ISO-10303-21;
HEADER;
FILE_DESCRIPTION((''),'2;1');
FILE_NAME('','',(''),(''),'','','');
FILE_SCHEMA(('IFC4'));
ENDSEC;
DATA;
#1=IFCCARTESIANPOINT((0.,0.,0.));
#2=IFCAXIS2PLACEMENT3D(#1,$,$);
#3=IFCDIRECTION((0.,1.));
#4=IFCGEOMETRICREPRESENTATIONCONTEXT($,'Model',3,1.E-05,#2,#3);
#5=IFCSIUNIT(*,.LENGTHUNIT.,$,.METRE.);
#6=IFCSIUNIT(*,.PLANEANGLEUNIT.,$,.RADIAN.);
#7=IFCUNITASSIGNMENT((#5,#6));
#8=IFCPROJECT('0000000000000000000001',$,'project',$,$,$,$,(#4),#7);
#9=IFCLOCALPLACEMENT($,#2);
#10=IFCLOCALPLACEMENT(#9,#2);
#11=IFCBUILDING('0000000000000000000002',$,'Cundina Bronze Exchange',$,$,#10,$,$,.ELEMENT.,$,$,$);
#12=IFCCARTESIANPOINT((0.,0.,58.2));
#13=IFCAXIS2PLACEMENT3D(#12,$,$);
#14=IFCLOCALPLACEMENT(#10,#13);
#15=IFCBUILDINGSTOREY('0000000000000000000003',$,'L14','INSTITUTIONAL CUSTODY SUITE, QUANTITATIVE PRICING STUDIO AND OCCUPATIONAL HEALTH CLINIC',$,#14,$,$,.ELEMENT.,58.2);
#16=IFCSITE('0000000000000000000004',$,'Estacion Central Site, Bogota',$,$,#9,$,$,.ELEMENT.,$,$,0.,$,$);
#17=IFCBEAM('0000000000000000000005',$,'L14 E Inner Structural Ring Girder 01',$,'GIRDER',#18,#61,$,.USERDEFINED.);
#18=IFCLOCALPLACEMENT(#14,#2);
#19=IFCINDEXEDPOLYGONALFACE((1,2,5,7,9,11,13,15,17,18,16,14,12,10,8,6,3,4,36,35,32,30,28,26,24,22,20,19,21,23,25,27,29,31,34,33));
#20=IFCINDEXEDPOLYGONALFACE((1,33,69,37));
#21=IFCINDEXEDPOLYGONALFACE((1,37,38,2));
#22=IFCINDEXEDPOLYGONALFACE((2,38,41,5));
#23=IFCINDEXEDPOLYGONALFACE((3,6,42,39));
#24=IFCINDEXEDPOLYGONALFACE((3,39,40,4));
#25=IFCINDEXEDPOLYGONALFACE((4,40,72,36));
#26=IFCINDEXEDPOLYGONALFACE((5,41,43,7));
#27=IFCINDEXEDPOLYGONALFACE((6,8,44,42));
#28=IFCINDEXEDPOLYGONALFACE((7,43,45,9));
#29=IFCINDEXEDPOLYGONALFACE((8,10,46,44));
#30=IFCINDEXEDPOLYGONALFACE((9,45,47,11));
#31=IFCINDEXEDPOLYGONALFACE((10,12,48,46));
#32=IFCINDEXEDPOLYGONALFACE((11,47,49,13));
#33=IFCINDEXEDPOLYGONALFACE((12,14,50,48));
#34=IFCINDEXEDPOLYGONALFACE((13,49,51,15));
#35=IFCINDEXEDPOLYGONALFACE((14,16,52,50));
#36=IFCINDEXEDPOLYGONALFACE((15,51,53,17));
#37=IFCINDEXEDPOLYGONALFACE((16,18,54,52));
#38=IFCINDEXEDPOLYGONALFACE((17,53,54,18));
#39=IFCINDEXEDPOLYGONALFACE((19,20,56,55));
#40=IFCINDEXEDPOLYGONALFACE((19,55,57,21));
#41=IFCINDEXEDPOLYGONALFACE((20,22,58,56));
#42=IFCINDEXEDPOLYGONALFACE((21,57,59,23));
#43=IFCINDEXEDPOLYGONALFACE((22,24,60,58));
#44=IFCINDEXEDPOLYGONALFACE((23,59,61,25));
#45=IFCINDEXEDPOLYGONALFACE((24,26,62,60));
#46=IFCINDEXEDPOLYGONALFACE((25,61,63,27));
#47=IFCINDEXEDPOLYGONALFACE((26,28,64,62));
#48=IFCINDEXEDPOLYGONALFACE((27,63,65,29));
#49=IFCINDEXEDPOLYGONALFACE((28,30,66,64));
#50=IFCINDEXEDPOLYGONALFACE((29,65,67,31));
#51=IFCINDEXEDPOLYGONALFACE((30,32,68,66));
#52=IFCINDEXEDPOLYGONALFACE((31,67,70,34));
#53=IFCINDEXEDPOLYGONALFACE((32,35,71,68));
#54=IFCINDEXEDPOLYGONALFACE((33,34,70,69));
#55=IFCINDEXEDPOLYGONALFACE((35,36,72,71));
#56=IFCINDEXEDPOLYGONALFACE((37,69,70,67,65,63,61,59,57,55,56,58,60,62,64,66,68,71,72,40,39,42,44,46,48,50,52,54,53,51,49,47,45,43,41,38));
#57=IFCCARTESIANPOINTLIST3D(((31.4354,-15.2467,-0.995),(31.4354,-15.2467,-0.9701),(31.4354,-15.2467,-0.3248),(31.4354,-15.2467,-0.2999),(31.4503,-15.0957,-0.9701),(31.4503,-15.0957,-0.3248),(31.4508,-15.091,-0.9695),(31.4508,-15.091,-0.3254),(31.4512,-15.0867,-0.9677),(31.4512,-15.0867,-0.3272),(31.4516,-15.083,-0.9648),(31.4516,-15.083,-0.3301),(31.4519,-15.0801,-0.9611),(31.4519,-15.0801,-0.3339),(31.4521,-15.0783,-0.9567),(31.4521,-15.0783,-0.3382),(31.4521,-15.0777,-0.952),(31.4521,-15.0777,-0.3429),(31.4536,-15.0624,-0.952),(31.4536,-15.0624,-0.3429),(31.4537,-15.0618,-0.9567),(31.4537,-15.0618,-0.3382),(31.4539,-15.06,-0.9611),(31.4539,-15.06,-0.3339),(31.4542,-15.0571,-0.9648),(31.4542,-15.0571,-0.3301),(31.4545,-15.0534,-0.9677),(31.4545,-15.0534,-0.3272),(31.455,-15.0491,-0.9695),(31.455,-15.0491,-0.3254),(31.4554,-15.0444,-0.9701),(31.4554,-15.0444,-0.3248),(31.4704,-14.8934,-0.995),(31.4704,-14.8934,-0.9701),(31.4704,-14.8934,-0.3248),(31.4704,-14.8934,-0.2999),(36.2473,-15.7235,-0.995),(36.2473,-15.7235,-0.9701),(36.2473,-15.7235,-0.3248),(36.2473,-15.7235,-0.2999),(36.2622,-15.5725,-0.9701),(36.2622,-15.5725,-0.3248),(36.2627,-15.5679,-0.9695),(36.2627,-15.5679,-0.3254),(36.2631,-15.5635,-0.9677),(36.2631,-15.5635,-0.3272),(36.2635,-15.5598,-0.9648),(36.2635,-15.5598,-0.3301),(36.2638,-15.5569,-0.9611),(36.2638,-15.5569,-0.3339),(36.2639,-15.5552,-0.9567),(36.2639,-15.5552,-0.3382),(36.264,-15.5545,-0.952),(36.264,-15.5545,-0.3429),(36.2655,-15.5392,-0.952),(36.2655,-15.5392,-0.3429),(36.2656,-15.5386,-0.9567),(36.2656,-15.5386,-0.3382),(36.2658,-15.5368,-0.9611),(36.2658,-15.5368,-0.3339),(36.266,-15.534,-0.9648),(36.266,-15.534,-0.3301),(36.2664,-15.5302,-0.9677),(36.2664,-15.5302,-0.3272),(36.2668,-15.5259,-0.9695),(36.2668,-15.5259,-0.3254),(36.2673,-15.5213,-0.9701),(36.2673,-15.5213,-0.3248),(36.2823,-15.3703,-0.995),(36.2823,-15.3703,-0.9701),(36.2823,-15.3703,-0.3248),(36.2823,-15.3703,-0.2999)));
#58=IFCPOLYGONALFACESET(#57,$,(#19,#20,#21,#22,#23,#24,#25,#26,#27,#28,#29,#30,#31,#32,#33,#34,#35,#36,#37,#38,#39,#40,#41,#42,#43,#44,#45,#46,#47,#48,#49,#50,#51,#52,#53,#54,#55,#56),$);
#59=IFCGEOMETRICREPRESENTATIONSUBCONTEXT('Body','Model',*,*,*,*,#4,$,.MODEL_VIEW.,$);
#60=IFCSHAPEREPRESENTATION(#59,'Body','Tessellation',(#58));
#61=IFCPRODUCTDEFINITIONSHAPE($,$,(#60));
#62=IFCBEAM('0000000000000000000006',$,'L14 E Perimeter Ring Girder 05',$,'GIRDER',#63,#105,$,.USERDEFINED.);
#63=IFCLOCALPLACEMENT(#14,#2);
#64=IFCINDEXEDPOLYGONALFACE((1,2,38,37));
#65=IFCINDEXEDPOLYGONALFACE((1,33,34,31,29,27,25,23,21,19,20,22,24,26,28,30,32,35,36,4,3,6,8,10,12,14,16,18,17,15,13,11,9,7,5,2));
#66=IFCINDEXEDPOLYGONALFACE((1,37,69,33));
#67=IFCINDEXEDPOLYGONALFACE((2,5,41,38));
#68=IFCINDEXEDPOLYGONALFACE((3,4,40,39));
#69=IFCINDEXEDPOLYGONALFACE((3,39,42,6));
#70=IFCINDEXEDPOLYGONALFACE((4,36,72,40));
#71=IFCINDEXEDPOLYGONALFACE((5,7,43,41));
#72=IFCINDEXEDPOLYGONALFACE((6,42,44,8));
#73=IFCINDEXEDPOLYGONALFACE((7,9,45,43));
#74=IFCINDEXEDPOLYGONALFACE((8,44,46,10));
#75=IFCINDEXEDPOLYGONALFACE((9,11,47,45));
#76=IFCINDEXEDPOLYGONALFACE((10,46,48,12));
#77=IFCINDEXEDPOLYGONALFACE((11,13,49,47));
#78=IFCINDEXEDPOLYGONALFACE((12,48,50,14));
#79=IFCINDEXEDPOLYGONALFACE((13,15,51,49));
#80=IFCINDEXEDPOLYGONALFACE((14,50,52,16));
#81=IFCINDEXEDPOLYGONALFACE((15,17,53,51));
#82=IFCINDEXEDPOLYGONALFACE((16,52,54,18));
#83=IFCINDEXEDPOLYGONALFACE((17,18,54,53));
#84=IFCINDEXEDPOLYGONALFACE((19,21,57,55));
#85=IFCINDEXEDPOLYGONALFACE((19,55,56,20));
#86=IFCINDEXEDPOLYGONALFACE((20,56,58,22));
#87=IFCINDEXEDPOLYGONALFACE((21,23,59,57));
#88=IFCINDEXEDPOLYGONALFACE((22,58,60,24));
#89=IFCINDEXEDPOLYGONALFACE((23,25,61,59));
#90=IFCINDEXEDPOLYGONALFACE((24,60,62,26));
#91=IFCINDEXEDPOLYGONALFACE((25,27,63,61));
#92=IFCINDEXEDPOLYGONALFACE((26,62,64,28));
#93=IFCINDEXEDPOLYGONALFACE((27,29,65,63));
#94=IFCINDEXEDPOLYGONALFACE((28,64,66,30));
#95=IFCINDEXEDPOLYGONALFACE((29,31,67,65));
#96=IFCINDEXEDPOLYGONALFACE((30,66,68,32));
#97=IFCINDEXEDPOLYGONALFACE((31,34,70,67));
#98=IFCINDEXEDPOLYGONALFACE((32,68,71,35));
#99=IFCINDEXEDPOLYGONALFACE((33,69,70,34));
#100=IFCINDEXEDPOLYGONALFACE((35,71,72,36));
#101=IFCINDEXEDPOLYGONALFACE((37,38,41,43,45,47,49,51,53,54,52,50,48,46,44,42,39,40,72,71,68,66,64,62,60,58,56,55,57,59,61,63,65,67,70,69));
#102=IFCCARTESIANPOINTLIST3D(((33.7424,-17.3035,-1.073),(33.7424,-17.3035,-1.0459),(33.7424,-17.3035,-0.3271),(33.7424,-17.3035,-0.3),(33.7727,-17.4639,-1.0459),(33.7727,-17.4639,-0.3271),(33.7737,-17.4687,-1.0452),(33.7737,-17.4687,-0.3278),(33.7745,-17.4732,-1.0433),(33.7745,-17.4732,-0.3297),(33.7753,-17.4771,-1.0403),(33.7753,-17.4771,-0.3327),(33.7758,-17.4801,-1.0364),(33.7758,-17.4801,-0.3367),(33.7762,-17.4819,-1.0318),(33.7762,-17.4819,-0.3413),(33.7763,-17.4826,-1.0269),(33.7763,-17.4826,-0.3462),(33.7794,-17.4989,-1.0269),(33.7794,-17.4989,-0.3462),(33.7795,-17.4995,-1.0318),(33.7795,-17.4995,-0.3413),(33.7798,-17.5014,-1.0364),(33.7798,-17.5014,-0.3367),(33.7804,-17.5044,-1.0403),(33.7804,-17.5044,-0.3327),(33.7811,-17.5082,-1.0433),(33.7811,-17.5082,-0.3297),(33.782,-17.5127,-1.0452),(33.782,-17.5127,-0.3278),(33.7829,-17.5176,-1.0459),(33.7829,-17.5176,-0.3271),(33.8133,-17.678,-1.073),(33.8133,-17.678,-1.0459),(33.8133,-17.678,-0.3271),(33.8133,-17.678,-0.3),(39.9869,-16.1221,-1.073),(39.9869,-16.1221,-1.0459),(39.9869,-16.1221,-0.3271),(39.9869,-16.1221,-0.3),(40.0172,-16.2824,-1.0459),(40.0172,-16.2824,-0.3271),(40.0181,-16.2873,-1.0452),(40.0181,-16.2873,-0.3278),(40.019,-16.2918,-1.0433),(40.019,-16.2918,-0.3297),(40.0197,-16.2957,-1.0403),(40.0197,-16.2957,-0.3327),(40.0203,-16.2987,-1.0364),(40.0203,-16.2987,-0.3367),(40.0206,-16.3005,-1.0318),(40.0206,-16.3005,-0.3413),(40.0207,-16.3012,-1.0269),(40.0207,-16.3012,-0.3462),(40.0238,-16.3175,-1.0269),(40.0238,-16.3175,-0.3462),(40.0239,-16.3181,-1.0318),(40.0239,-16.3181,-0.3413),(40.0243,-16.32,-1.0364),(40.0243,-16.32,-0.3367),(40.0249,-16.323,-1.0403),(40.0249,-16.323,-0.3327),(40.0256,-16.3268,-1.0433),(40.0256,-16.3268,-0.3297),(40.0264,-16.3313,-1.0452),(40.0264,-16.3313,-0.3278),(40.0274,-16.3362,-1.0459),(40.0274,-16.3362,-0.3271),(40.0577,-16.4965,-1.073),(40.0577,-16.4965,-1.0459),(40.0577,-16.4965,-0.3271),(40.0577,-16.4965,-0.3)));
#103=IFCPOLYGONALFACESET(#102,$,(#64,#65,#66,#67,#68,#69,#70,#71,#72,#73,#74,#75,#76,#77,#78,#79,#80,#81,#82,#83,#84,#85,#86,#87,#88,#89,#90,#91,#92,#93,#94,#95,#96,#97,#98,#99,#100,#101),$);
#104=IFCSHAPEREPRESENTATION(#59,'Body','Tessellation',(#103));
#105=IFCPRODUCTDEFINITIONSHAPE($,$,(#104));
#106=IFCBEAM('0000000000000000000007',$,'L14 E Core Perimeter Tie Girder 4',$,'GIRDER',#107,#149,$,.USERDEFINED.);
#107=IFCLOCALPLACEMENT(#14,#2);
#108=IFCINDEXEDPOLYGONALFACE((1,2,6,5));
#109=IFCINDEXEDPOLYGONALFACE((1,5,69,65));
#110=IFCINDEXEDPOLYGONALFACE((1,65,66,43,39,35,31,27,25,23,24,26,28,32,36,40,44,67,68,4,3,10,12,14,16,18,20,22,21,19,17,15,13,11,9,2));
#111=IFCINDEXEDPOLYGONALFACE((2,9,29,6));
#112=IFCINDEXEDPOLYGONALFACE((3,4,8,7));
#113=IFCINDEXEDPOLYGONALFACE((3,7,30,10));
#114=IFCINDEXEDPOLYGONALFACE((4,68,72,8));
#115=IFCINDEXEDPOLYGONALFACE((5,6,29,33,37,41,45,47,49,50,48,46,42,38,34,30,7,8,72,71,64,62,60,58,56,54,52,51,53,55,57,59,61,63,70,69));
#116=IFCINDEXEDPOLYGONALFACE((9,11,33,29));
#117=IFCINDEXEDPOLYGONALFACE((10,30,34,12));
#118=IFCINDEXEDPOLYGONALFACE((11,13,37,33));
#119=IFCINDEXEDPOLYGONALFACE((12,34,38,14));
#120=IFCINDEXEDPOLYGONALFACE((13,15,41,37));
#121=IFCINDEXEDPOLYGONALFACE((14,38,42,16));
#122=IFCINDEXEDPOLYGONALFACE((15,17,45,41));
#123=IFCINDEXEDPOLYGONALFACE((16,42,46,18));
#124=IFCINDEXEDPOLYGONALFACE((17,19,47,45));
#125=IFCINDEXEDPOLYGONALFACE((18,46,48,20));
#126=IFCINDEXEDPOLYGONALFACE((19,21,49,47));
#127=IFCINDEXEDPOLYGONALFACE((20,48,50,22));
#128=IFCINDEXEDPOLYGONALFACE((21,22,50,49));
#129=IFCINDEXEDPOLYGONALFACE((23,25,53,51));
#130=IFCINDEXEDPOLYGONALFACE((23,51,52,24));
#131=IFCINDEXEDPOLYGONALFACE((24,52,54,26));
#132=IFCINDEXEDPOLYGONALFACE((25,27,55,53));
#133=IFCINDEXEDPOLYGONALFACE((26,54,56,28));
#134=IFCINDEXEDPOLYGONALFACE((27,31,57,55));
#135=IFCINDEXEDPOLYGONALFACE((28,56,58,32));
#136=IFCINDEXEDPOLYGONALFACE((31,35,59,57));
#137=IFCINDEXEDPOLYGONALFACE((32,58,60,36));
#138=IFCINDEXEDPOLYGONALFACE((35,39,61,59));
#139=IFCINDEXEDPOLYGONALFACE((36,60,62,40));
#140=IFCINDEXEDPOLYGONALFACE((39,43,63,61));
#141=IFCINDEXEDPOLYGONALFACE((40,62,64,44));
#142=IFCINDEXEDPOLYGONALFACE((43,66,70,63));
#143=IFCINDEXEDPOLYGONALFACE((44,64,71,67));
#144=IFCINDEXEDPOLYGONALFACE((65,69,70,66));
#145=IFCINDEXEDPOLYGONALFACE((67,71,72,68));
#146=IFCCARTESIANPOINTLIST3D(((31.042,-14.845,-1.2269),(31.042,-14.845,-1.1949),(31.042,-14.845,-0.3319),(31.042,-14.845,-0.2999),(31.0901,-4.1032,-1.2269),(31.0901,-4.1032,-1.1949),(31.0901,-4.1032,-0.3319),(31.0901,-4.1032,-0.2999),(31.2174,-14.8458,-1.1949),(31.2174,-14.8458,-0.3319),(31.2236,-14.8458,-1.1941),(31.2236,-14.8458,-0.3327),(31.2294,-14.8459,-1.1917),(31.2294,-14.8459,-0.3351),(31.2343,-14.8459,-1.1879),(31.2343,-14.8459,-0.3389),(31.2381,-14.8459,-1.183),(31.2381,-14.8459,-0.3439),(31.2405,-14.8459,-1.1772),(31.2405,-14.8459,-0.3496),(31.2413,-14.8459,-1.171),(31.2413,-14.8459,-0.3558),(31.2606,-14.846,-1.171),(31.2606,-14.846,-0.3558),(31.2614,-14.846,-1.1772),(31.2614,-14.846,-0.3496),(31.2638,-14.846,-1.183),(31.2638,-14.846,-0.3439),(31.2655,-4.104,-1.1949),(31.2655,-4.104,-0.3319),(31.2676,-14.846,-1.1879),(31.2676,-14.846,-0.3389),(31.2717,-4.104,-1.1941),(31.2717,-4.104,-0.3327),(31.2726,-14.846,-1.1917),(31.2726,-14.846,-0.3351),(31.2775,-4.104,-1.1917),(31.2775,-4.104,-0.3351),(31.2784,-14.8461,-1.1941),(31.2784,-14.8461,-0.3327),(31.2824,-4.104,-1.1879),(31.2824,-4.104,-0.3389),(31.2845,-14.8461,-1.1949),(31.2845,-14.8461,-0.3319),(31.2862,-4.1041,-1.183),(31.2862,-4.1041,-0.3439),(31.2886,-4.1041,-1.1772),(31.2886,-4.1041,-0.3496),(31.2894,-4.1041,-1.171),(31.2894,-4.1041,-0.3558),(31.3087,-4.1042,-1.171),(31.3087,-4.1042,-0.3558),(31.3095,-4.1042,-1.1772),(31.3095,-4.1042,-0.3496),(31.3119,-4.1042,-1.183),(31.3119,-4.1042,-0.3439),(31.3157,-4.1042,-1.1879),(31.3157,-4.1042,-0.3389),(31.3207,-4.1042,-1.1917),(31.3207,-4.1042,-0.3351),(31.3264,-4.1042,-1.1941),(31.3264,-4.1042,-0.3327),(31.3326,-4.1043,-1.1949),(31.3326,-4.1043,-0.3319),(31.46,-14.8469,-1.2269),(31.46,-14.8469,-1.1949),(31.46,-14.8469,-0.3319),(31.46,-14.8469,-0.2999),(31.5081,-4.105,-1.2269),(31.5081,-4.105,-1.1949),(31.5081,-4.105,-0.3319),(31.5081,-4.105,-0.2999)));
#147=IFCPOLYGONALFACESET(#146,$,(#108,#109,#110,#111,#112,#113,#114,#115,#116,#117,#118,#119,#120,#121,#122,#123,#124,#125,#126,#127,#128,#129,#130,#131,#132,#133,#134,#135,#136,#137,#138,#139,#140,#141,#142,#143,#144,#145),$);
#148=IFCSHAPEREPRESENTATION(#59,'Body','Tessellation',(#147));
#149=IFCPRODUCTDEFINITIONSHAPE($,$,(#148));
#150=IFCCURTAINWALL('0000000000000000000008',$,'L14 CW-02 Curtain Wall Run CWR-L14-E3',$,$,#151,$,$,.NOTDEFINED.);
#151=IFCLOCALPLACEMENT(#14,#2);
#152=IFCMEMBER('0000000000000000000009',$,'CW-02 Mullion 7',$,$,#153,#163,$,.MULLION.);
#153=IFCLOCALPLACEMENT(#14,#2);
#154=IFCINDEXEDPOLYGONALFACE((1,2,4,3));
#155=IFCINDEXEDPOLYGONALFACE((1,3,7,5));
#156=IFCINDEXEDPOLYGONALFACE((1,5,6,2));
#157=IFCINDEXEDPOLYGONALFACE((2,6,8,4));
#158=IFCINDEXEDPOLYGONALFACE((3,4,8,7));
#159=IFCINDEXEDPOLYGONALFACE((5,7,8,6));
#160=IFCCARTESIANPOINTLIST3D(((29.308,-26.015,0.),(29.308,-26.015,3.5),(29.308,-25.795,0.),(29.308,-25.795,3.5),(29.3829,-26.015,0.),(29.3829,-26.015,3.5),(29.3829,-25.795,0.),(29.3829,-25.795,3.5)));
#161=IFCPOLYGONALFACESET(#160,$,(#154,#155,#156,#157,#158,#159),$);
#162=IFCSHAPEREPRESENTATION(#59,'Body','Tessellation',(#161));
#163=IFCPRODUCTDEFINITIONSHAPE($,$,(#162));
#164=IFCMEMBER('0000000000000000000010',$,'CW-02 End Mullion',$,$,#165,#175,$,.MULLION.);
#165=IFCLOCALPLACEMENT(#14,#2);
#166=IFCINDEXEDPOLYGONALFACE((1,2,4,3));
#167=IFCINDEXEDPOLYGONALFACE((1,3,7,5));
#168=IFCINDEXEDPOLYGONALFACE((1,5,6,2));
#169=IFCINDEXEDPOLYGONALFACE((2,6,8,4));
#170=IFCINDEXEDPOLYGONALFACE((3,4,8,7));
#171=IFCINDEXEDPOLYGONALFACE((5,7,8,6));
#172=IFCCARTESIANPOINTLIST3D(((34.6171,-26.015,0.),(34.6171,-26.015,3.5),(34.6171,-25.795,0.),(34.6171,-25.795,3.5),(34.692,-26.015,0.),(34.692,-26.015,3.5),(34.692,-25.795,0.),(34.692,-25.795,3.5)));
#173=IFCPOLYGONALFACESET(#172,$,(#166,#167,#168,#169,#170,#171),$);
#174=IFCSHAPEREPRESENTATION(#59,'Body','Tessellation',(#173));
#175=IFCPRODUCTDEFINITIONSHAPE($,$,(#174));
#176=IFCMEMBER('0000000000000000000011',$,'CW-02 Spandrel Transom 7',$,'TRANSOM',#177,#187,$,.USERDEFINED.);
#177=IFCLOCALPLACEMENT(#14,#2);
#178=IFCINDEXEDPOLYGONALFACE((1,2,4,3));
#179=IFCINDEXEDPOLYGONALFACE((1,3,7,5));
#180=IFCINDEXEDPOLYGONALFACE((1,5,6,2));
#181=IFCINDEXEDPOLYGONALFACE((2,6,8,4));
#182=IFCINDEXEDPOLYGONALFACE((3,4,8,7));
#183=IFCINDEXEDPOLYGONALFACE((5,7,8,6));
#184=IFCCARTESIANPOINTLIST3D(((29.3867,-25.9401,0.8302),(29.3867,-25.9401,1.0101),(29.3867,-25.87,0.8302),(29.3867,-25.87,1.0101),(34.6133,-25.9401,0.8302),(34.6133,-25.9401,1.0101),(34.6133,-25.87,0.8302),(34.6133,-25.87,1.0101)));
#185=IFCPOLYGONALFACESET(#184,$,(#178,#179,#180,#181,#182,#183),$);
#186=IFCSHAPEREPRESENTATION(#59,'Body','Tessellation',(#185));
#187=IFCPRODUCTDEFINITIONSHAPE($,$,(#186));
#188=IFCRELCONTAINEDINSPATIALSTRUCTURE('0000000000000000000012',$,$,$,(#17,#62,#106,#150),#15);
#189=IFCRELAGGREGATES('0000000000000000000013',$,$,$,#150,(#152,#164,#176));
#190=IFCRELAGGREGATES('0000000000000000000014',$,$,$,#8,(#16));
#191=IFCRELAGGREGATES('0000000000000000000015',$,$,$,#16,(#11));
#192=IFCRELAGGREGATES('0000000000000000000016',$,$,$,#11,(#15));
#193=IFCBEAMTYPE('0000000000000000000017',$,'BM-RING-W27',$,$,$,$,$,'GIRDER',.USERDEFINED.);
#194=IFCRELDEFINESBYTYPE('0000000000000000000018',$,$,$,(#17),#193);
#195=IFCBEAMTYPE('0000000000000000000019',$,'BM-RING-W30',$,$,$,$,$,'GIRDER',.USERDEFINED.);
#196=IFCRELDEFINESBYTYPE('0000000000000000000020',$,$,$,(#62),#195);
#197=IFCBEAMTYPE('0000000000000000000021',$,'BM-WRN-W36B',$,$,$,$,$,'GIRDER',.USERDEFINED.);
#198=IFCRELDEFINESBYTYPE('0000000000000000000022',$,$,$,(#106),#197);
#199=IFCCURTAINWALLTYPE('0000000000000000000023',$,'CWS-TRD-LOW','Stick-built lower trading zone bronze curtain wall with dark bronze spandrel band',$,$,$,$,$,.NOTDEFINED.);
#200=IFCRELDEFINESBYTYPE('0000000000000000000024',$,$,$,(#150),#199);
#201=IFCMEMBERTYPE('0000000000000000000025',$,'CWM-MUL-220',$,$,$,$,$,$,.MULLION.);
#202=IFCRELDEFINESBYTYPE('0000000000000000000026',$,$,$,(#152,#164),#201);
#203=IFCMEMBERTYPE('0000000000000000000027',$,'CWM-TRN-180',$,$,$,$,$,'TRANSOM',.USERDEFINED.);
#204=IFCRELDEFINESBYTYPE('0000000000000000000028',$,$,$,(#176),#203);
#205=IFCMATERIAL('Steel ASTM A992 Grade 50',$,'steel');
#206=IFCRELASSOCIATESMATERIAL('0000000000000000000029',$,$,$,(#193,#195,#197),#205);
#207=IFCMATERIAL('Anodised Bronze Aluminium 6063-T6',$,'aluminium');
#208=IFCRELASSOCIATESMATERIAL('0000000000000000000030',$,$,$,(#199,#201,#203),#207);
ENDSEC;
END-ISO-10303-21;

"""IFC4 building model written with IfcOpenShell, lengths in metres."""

from ifc_helpers import new_model, si_unit, direction, frame, origin, origin_2d, place, context, subcontext, project, spatial, rectangle, i_section, extrude, material, material_profile, profile_set, type_object, element, aggregate, save


model = new_model("IFC4")

# Units and contexts
model_context = context("Model", 3, precision=1e-05, world=origin(), true_north=direction((0.0, 1.0)))
body_context = subcontext(model_context, "Body", "Model", "MODEL_VIEW")
ifc_project = project(units=[si_unit("LENGTHUNIT", "METRE"), si_unit("PLANEANGLEUNIT", "RADIAN")], contexts=[model_context])

# Site, building, storey
site_placement = place(None, origin())
site = spatial("IfcSite", under=ifc_project, at=site_placement, Name="Estacion Central Site, Bogota", CompositionType="ELEMENT", RefElevation=0.0)
building_placement = place(site_placement, origin())
building = spatial("IfcBuilding", under=site, at=building_placement, Name="Cundina Bronze Exchange", CompositionType="ELEMENT")
storey_placement = place(building_placement, frame((0.0, 0.0, 58.2)))
storey = spatial("IfcBuildingStorey", under=building, at=storey_placement, Name="L14", Description="INSTITUTIONAL CUSTODY SUITE, QUANTITATIVE PRICING STUDIO AND OCCUPATIONAL HEALTH CLINIC", CompositionType="ELEMENT", Elevation=58.2)

# Shared definitions
ifc_material_1 = material(Name="Steel ASTM A992 Grade 50", Category="steel")

# Beams
ifc_material_profile_1 = material_profile(ifc_material_1, i_section(OverallWidth=0.355, OverallDepth=0.6951, WebThickness=0.0154, FlangeThickness=0.0249, FilletRadius=0.0181, at=origin_2d()), Name="W27X146", Category="steel")
ifc_profile_set_1 = profile_set([ifc_material_profile_1], Name="Steel ASTM A992 Grade 50")
beam_type_1 = type_object("IfcBeamType", Name="BM-RING-W27", ElementType="GIRDER", PredefinedType="USERDEFINED", material=ifc_profile_set_1)
beam_1_placement = place(storey_placement, frame((31.4529, -15.0701, -0.6475), z_axis=(0.995126, -0.098609, 0.0), x_axis=(0.098609, 0.995126, 0.0)))
element("IfcBeam", 1, at=beam_1_placement, inside=storey, type_object=beam_type_1, Name="L14 E Inner Structural Ring Girder 01", ObjectType="GIRDER", PredefinedType="USERDEFINED", context=body_context, shape_type="SweptSolid", body=[
    extrude(i_section(OverallWidth=0.355, OverallDepth=0.6951, WebThickness=0.0154, FlangeThickness=0.0249, FilletRadius=0.0181, at=origin_2d()), origin(), (0.0, 0.0, 1.0), 4.8354),
])
ifc_material_profile_2 = material_profile(ifc_material_1, i_section(OverallWidth=0.3811, OverallDepth=0.7729, WebThickness=0.0166, FlangeThickness=0.0271, FilletRadius=0.019, at=origin_2d()), Name="W30X173", Category="steel")
ifc_profile_set_2 = profile_set([ifc_material_profile_2], Name="Steel ASTM A992 Grade 50")
beam_type_2 = type_object("IfcBeamType", Name="BM-RING-W30", ElementType="GIRDER", PredefinedType="USERDEFINED", material=ifc_profile_set_2)
beam_2_placement = place(storey_placement, frame((33.7778, -17.4907, -0.6865), z_axis=(0.982569, 0.185896, 0.0), x_axis=(-0.185896, 0.982569, 0.0)))
element("IfcBeam", 2, at=beam_2_placement, inside=storey, type_object=beam_type_2, Name="L14 E Perimeter Ring Girder 05", ObjectType="GIRDER", PredefinedType="USERDEFINED", context=body_context, shape_type="SweptSolid", body=[
    extrude(i_section(OverallWidth=0.3811, OverallDepth=0.7729, WebThickness=0.0166, FlangeThickness=0.0271, FilletRadius=0.019, at=origin_2d()), origin(), (0.0, 0.0, 1.0), 6.3552),
])
ifc_material_profile_3 = material_profile(ifc_material_1, i_section(OverallWidth=0.418, OverallDepth=0.927, WebThickness=0.0193, FlangeThickness=0.032, FilletRadius=0.0239, at=origin_2d()), Name="W36X231", Category="steel")
ifc_profile_set_3 = profile_set([ifc_material_profile_3], Name="Steel ASTM A992 Grade 50")
beam_type_3 = type_object("IfcBeamType", Name="BM-WRN-W36B", ElementType="GIRDER", PredefinedType="USERDEFINED", material=ifc_profile_set_3)
beam_3_placement = place(storey_placement, frame((31.251, -14.8459, -0.7634), z_axis=(0.004477, 0.99999, 0.0), x_axis=(-0.99999, 0.004477, 0.0)))
element("IfcBeam", 3, at=beam_3_placement, inside=storey, type_object=beam_type_3, Name="L14 E Core Perimeter Tie Girder 4", ObjectType="GIRDER", PredefinedType="USERDEFINED", context=body_context, shape_type="SweptSolid", body=[
    extrude(i_section(OverallWidth=0.418, OverallDepth=0.927, WebThickness=0.0193, FlangeThickness=0.032, FilletRadius=0.0239, at=origin_2d()), origin(), (0.0, 0.0, 1.0), 10.7419),
])

# Curtain wall, members
ifc_material_2 = material(Name="Anodised Bronze Aluminium 6063-T6", Category="aluminium")
curtain_wall_type = type_object("IfcCurtainWallType", Name="CWS-TRD-LOW", Description="Stick-built lower trading zone bronze curtain wall with dark bronze spandrel band", PredefinedType="NOTDEFINED", material=ifc_material_2)
curtain_wall_placement = place(storey_placement, origin())
curtain_wall = element("IfcCurtainWall", 4, at=curtain_wall_placement, inside=storey, type_object=curtain_wall_type, Name="L14 CW-02 Curtain Wall Run CWR-L14-E3", PredefinedType="NOTDEFINED")
ifc_material_profile_4 = material_profile(ifc_material_2, rectangle(XDim=0.075, YDim=0.22, at=origin_2d()), Name="AL75X220", Category="aluminium")
ifc_profile_set_4 = profile_set([ifc_material_profile_4], Name="Anodised Bronze Aluminium 6063-T6")
member_type_1 = type_object("IfcMemberType", Name="CWM-MUL-220", PredefinedType="MULLION", material=ifc_profile_set_4)
member_1_placement = place(storey_placement, frame((29.3455, -25.905, 0.0), z_axis=(0.0, 0.0, 1.0), x_axis=(1.0, 0.0, 0.0)))
member_1 = element("IfcMember", 5, at=member_1_placement, type_object=member_type_1, Name="CW-02 Mullion 7", PredefinedType="MULLION", context=body_context, shape_type="SweptSolid", body=[
    extrude(rectangle(XDim=0.075, YDim=0.22, at=origin_2d()), origin(), (0.0, 0.0, 1.0), 3.5),
])
member_2_placement = place(storey_placement, frame((34.6545, -25.905, 0.0), z_axis=(0.0, 0.0, 1.0), x_axis=(1.0, 0.0, 0.0)))
member_2 = element("IfcMember", 6, at=member_2_placement, type_object=member_type_1, Name="CW-02 End Mullion", PredefinedType="MULLION", context=body_context, shape_type="SweptSolid", body=[
    extrude(rectangle(XDim=0.075, YDim=0.22, at=origin_2d()), origin(), (0.0, 0.0, 1.0), 3.5),
])
ifc_material_profile_5 = material_profile(ifc_material_2, rectangle(XDim=0.0701, YDim=0.1799, at=origin_2d()), Name="AL70X180", Category="aluminium")
ifc_profile_set_5 = profile_set([ifc_material_profile_5], Name="Anodised Bronze Aluminium 6063-T6")
member_type_2 = type_object("IfcMemberType", Name="CWM-TRN-180", ElementType="TRANSOM", PredefinedType="USERDEFINED", material=ifc_profile_set_5)
member_3_placement = place(storey_placement, frame((29.3867, -25.905, 0.9202), z_axis=(1.0, 0.0, 0.0), x_axis=(0.0, 1.0, 0.0)))
member_3 = element("IfcMember", 7, at=member_3_placement, type_object=member_type_2, Name="CW-02 Spandrel Transom 7", ObjectType="TRANSOM", PredefinedType="USERDEFINED", context=body_context, shape_type="SweptSolid", body=[
    extrude(rectangle(XDim=0.0701, YDim=0.1799, at=origin_2d()), origin(), (0.0, 0.0, 1.0), 5.2266),
])
aggregate(curtain_wall, [member_1, member_2, member_3])

save(model, "model.ifc")
